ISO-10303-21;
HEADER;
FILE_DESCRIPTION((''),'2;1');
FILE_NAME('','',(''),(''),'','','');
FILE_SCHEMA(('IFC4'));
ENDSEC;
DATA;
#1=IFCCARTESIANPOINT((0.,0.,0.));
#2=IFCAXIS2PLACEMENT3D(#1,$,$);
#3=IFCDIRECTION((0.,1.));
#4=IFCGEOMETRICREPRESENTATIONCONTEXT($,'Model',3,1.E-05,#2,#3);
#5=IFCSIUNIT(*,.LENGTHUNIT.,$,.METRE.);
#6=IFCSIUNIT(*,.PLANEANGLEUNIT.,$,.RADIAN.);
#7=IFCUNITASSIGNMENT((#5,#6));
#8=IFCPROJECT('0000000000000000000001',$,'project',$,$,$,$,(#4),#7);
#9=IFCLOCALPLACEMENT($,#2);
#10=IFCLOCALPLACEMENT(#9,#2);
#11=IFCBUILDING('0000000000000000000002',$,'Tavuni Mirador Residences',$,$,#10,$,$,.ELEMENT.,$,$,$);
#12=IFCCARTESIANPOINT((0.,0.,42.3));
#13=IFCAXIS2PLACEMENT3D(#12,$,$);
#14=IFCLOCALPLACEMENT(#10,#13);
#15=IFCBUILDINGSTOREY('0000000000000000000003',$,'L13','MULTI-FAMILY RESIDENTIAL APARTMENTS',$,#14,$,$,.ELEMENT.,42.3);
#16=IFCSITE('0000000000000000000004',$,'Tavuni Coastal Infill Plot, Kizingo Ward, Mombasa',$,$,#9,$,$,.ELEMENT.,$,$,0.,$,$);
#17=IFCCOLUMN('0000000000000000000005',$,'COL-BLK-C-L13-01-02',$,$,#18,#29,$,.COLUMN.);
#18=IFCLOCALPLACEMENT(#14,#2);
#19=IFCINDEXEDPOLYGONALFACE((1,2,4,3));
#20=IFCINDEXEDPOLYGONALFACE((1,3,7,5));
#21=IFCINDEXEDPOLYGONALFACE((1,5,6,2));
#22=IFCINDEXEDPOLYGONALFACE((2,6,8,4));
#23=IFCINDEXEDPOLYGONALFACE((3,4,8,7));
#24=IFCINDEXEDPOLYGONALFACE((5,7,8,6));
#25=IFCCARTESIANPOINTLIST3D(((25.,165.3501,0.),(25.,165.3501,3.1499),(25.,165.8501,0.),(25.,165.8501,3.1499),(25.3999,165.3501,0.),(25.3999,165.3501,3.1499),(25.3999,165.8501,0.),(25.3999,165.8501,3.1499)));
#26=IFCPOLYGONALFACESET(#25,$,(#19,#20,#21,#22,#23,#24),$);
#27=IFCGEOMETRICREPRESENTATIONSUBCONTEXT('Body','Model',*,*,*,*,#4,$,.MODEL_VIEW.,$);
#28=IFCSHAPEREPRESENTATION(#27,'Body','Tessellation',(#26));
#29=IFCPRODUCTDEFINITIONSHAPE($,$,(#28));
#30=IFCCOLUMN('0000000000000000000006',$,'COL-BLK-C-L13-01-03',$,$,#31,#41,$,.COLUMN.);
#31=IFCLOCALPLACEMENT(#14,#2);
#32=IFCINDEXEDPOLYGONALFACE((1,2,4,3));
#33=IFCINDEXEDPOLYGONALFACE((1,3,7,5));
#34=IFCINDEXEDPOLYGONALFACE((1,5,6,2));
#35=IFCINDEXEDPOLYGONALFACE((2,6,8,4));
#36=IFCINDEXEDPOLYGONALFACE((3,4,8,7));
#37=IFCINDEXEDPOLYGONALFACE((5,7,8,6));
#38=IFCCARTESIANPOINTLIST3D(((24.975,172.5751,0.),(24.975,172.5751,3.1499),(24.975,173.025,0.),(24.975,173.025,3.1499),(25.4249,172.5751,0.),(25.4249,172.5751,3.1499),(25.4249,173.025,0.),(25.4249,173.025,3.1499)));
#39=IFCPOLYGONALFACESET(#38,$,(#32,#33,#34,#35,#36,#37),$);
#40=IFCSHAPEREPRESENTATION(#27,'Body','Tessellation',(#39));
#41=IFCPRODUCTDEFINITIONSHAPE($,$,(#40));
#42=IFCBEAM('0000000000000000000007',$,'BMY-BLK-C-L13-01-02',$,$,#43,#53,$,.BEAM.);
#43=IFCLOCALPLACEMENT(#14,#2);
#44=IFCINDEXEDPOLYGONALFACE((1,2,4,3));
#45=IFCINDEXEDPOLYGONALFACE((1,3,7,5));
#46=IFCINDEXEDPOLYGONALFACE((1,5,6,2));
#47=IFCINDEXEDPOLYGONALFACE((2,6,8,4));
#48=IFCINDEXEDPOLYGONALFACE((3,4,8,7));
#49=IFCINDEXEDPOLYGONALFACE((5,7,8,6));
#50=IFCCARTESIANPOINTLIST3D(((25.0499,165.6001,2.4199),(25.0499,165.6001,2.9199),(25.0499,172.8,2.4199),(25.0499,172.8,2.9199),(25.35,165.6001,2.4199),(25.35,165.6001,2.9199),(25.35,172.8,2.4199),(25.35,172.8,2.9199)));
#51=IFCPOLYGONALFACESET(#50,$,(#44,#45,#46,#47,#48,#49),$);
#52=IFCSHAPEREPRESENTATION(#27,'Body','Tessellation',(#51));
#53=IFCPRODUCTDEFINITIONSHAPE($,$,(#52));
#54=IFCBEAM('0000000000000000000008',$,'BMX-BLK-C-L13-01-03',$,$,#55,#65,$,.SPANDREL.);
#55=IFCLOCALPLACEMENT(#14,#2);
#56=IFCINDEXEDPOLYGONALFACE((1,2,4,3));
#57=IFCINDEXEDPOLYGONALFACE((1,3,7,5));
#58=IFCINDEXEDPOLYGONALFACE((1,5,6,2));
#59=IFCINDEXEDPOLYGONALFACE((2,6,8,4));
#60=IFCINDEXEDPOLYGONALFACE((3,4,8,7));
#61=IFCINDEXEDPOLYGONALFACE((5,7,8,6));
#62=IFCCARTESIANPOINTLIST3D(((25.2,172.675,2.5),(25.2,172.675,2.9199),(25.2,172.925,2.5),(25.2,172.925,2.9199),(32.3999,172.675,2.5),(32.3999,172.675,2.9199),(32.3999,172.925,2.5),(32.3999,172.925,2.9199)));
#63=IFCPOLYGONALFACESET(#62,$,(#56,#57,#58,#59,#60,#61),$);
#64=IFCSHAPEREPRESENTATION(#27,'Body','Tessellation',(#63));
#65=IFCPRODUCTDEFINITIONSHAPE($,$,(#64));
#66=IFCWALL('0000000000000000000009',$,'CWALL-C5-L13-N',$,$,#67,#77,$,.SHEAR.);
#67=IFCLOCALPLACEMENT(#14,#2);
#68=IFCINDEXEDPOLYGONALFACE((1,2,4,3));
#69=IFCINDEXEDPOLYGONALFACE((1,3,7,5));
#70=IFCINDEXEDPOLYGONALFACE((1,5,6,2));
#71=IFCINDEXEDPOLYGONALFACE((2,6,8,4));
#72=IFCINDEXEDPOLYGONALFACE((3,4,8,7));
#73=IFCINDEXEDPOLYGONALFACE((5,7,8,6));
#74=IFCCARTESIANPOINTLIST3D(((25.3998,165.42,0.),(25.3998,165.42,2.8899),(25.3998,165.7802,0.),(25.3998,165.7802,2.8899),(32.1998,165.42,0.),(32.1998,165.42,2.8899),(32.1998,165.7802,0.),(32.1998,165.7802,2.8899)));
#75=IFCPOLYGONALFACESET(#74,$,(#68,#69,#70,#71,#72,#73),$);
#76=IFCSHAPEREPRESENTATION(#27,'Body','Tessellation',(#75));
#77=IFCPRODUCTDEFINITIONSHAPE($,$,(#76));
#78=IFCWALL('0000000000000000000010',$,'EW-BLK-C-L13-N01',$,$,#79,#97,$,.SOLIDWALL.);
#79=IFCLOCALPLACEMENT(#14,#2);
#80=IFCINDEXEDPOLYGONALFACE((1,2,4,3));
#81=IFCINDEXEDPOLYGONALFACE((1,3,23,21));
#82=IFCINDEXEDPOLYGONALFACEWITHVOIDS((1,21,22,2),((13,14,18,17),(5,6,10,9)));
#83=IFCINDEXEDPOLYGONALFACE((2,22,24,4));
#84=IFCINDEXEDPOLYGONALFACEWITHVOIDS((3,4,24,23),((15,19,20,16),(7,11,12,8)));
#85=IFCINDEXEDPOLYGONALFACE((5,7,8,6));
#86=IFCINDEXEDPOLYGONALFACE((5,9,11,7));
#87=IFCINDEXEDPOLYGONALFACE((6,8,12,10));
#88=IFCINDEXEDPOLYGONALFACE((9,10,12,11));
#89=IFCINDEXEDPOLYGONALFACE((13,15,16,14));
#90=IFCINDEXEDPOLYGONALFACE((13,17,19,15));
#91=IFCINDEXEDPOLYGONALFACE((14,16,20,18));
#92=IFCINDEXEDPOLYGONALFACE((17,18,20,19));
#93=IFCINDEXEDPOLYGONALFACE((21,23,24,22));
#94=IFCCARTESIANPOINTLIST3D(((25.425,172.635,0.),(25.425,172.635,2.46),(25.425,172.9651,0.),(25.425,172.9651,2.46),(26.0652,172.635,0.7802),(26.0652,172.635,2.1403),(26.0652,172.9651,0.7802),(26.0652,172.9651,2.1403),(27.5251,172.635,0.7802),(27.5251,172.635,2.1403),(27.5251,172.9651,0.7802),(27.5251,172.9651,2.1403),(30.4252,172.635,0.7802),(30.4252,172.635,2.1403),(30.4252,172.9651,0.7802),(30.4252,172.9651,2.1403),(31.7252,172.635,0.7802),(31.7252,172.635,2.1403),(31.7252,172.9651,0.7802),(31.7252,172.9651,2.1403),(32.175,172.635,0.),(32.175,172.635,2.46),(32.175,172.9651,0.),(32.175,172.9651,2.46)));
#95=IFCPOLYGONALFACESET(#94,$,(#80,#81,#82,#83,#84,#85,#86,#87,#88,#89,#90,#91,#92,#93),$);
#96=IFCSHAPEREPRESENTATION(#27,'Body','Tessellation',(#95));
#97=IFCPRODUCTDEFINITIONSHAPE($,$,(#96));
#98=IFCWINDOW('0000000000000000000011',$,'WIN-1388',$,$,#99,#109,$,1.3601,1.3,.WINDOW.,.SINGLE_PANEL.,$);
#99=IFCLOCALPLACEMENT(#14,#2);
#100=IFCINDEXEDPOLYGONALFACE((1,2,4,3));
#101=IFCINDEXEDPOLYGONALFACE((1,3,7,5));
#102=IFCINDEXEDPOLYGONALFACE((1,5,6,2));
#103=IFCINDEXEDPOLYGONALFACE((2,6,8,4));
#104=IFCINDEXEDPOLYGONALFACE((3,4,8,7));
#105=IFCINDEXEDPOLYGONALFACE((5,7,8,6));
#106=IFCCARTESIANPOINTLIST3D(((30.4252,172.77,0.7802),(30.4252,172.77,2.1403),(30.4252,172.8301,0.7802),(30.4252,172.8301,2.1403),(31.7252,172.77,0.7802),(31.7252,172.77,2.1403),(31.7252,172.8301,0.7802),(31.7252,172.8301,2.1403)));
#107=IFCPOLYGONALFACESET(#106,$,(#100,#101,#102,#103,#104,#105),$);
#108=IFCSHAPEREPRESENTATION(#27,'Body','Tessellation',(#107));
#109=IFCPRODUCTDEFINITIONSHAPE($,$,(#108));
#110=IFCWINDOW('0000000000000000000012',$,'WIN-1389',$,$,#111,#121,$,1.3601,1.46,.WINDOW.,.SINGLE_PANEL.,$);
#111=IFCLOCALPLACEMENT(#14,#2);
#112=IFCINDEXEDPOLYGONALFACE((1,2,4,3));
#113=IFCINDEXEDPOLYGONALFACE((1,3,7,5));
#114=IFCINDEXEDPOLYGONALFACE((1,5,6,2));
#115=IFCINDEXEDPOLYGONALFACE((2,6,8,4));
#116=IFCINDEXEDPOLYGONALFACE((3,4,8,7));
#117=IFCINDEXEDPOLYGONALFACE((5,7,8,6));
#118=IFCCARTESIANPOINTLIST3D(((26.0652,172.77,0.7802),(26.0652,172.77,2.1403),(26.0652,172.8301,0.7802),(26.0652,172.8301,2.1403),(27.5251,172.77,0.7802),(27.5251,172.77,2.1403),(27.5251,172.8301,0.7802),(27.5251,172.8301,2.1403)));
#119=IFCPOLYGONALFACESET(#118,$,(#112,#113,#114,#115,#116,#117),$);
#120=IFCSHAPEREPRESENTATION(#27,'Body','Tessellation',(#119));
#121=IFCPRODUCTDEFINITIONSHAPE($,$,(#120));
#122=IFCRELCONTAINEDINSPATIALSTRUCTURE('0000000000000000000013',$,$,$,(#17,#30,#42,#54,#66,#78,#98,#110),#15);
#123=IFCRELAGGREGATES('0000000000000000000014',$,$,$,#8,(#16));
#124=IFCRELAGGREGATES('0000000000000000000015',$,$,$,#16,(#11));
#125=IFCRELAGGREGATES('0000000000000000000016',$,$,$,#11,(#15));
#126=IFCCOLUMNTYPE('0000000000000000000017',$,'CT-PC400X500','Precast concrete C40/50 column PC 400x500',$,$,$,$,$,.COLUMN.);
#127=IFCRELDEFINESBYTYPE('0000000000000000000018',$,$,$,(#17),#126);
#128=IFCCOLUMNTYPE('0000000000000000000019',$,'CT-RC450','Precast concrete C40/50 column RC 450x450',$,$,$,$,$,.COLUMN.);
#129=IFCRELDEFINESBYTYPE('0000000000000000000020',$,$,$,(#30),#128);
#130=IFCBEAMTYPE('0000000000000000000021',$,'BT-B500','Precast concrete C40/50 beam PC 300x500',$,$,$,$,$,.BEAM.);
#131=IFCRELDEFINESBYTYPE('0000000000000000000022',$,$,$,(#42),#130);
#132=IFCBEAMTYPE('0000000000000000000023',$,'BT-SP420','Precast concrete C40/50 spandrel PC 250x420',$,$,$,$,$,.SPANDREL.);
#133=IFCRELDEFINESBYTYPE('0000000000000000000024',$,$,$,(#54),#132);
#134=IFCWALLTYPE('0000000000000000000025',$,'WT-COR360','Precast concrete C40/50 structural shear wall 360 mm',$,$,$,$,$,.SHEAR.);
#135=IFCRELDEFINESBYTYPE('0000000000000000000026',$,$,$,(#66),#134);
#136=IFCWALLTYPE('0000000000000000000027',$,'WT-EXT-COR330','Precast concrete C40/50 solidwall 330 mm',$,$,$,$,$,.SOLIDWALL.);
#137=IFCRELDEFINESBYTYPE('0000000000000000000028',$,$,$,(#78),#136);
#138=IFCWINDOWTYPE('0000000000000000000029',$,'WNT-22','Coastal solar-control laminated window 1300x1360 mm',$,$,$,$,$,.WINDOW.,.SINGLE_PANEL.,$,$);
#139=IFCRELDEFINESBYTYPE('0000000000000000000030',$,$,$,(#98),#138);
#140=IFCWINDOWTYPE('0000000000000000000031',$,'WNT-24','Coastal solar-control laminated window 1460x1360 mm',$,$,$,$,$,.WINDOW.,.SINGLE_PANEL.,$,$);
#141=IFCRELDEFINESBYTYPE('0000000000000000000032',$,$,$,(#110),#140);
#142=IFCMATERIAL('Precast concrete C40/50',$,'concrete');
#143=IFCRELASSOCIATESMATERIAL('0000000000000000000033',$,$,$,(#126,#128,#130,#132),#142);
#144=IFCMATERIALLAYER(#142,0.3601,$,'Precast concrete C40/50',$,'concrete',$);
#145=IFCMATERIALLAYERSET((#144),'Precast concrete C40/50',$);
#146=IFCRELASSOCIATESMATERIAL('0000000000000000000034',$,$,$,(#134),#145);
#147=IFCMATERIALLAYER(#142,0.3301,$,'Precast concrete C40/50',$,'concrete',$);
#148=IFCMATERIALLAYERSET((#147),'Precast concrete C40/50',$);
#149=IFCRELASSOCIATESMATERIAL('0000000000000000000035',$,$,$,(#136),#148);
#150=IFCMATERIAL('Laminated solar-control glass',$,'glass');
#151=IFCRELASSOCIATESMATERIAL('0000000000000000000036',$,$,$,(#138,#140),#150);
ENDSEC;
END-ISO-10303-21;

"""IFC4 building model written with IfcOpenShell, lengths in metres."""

from ifc_helpers import new_model, si_unit, direction, frame, frame_2d, origin, origin_2d, place, context, subcontext, project, spatial, rectangle, extrude, material, layer, layer_set, material_profile, profile_set, type_object, element, fill, save


model = new_model("IFC4")

# Units and contexts
model_context = context("Model", 3, precision=1e-05, world=origin(), true_north=direction((0.0, 1.0)))
body_context = subcontext(model_context, "Body", "Model", "MODEL_VIEW")
ifc_project = project(units=[si_unit("LENGTHUNIT", "METRE"), si_unit("PLANEANGLEUNIT", "RADIAN")], contexts=[model_context])

# Site, building, storey
site_placement = place(None, origin())
site = spatial("IfcSite", under=ifc_project, at=site_placement, Name="Tavuni Coastal Infill Plot, Kizingo Ward, Mombasa", CompositionType="ELEMENT", RefElevation=0.0)
building_placement = place(site_placement, origin())
building = spatial("IfcBuilding", under=site, at=building_placement, Name="Tavuni Mirador Residences", CompositionType="ELEMENT")
storey_placement = place(building_placement, frame((0.0, 0.0, 42.3)))
storey = spatial("IfcBuildingStorey", under=building, at=storey_placement, Name="L13", Description="MULTI-FAMILY RESIDENTIAL APARTMENTS", CompositionType="ELEMENT", Elevation=42.3)

# Columns
ifc_material_1 = material(Name="Precast concrete C40/50", Category="concrete")
ifc_material_profile_1 = material_profile(ifc_material_1, rectangle(XDim=0.3999, YDim=0.5, at=origin_2d()), Name="PC 400x500", Category="concrete")
ifc_profile_set_1 = profile_set([ifc_material_profile_1], Name="Precast concrete C40/50")
column_type_1 = type_object("IfcColumnType", Name="CT-PC400X500", Description="Precast concrete C40/50 column PC 400x500", PredefinedType="COLUMN", material=ifc_profile_set_1)
column_1_placement = place(storey_placement, frame((25.2, 165.6001, 0.0), z_axis=(0.0, 0.0, 1.0), x_axis=(1.0, 0.0, 0.0)))
element("IfcColumn", 1, at=column_1_placement, inside=storey, type_object=column_type_1, Name="COL-BLK-C-L13-01-02", PredefinedType="COLUMN", context=body_context, shape_type="SweptSolid", body=[
    extrude(rectangle(XDim=0.3999, YDim=0.5, at=origin_2d()), origin(), (0.0, 0.0, 1.0), 3.1499),
])
ifc_material_profile_2 = material_profile(ifc_material_1, rectangle(XDim=0.45, YDim=0.45, at=origin_2d()), Name="RC 450x450", Category="concrete")
ifc_profile_set_2 = profile_set([ifc_material_profile_2], Name="Precast concrete C40/50")
column_type_2 = type_object("IfcColumnType", Name="CT-RC450", Description="Precast concrete C40/50 column RC 450x450", PredefinedType="COLUMN", material=ifc_profile_set_2)
column_2_placement = place(storey_placement, frame((25.2, 172.8, 0.0), z_axis=(0.0, 0.0, 1.0), x_axis=(1.0, 0.0, 0.0)))
element("IfcColumn", 2, at=column_2_placement, inside=storey, type_object=column_type_2, Name="COL-BLK-C-L13-01-03", PredefinedType="COLUMN", context=body_context, shape_type="SweptSolid", body=[
    extrude(rectangle(XDim=0.45, YDim=0.45, at=origin_2d()), origin(), (0.0, 0.0, 1.0), 3.1499),
])

# Beams
ifc_material_profile_3 = material_profile(ifc_material_1, rectangle(XDim=0.3, YDim=0.5, at=origin_2d()), Name="PC 300x500", Category="concrete")
ifc_profile_set_3 = profile_set([ifc_material_profile_3], Name="Precast concrete C40/50")
beam_type_1 = type_object("IfcBeamType", Name="BT-B500", Description="Precast concrete C40/50 beam PC 300x500", PredefinedType="BEAM", material=ifc_profile_set_3)
beam_1_placement = place(storey_placement, frame((25.2, 165.6001, 2.6699), z_axis=(0.0, 1.0, 0.0), x_axis=(-1.0, 0.0, 0.0)))
element("IfcBeam", 3, at=beam_1_placement, inside=storey, type_object=beam_type_1, Name="BMY-BLK-C-L13-01-02", PredefinedType="BEAM", context=body_context, shape_type="SweptSolid", body=[
    extrude(rectangle(XDim=0.3, YDim=0.5, at=origin_2d()), origin(), (0.0, 0.0, 1.0), 7.2),
])
ifc_material_profile_4 = material_profile(ifc_material_1, rectangle(XDim=0.25, YDim=0.4199, at=origin_2d()), Name="PC 250x420", Category="concrete")
ifc_profile_set_4 = profile_set([ifc_material_profile_4], Name="Precast concrete C40/50")
beam_type_2 = type_object("IfcBeamType", Name="BT-SP420", Description="Precast concrete C40/50 spandrel PC 250x420", PredefinedType="SPANDREL", material=ifc_profile_set_4)
beam_2_placement = place(storey_placement, frame((25.2, 172.8, 2.71), z_axis=(1.0, 0.0, 0.0), x_axis=(0.0, 1.0, 0.0)))
element("IfcBeam", 4, at=beam_2_placement, inside=storey, type_object=beam_type_2, Name="BMX-BLK-C-L13-01-03", PredefinedType="SPANDREL", context=body_context, shape_type="SweptSolid", body=[
    extrude(rectangle(XDim=0.25, YDim=0.4199, at=origin_2d()), origin(), (0.0, 0.0, 1.0), 7.2),
])

# Wall
ifc_layer_1 = layer(ifc_material_1, 0.3601, Name="Precast concrete C40/50", Category="concrete")
ifc_layer_set_1 = layer_set([ifc_layer_1], Name="Precast concrete C40/50")
wall_type_1 = type_object("IfcWallType", Name="WT-COR360", Description="Precast concrete C40/50 structural shear wall 360 mm", PredefinedType="SHEAR", material=ifc_layer_set_1)
wall_1_placement = place(storey_placement, frame((25.3999, 165.6001, 0.0), z_axis=(0.0, 0.0, 1.0), x_axis=(1.0, 0.0, 0.0)))
element("IfcWall", 5, at=wall_1_placement, inside=storey, type_object=wall_type_1, Name="CWALL-C5-L13-N", PredefinedType="SHEAR", context=body_context, shape_type="SweptSolid", body=[
    extrude(rectangle(XDim=6.8, YDim=0.3601, at=frame_2d((3.3999, 0.0))), origin(), (0.0, 0.0, 1.0), 2.8899),
])

# Wall, openings, windows
ifc_layer_2 = layer(ifc_material_1, 0.3301, Name="Precast concrete C40/50", Category="concrete")
ifc_layer_set_2 = layer_set([ifc_layer_2], Name="Precast concrete C40/50")
wall_type_2 = type_object("IfcWallType", Name="WT-EXT-COR330", Description="Precast concrete C40/50 solidwall 330 mm", PredefinedType="SOLIDWALL", material=ifc_layer_set_2)
wall_2_placement = place(storey_placement, frame((32.175, 172.8, 0.0), z_axis=(0.0, 0.0, 1.0), x_axis=(-1.0, 0.0, 0.0)))
wall_2 = element("IfcWall", 6, at=wall_2_placement, inside=storey, type_object=wall_type_2, Name="EW-BLK-C-L13-N01", PredefinedType="SOLIDWALL", context=body_context, shape_type="SweptSolid", body=[
    extrude(rectangle(XDim=6.75, YDim=0.3301, at=frame_2d((3.375, 0.0))), origin(), (0.0, 0.0, 1.0), 2.46),
])
opening_1_placement = place(wall_2_placement, frame((0.45, 0.0, 0.78)))
opening_1 = element("IfcOpeningElement", 7, at=opening_1_placement, cuts=wall_2, PredefinedType="OPENING", context=body_context, shape_type="SweptSolid", body=[
    extrude(rectangle(XDim=1.3, YDim=1.3601, at=frame_2d((0.6499, 0.6802))), frame((0.0, 0.175, 0.0), z_axis=(0.0, -1.0, 0.0), x_axis=(1.0, 0.0, 0.0)), (0.0, 0.0, 1.0), 0.3501),
])
opening_2_placement = place(wall_2_placement, frame((4.6499, 0.0, 0.78)))
opening_2 = element("IfcOpeningElement", 8, at=opening_2_placement, cuts=wall_2, PredefinedType="OPENING", context=body_context, shape_type="SweptSolid", body=[
    extrude(rectangle(XDim=1.46, YDim=1.3601, at=frame_2d((0.73, 0.6802))), frame((0.0, 0.175, 0.0), z_axis=(0.0, -1.0, 0.0), x_axis=(1.0, 0.0, 0.0)), (0.0, 0.0, 1.0), 0.3501),
])
ifc_material_2 = material(Name="Laminated solar-control glass", Category="glass")
window_type_1 = type_object("IfcWindowType", Name="WNT-22", Description="Coastal solar-control laminated window 1300x1360 mm", PartitioningType="SINGLE_PANEL", PredefinedType="WINDOW", material=ifc_material_2)
window_1_placement = place(opening_1_placement, origin())
window_1 = element("IfcWindow", 9, at=window_1_placement, inside=storey, type_object=window_type_1, Name="WIN-1388", OverallHeight=1.3601, OverallWidth=1.3, PartitioningType="SINGLE_PANEL", PredefinedType="WINDOW", context=body_context, shape_type="SweptSolid", body=[
    extrude(rectangle(XDim=1.3, YDim=1.3601, at=frame_2d((0.6499, 0.6802))), frame((0.0, 0.03, 0.0), z_axis=(0.0, -1.0, 0.0), x_axis=(1.0, 0.0, 0.0)), (0.0, 0.0, 1.0), 0.0601),
])
fill(opening_1, window_1)
window_type_2 = type_object("IfcWindowType", Name="WNT-24", Description="Coastal solar-control laminated window 1460x1360 mm", PartitioningType="SINGLE_PANEL", PredefinedType="WINDOW", material=ifc_material_2)
window_2_placement = place(opening_2_placement, origin())
window_2 = element("IfcWindow", 10, at=window_2_placement, inside=storey, type_object=window_type_2, Name="WIN-1389", OverallHeight=1.3601, OverallWidth=1.46, PartitioningType="SINGLE_PANEL", PredefinedType="WINDOW", context=body_context, shape_type="SweptSolid", body=[
    extrude(rectangle(XDim=1.46, YDim=1.3601, at=frame_2d((0.73, 0.6802))), frame((0.0, 0.03, 0.0), z_axis=(0.0, -1.0, 0.0), x_axis=(1.0, 0.0, 0.0)), (0.0, 0.0, 1.0), 0.0601),
])
fill(opening_2, window_2)

save(model, "model.ifc")
